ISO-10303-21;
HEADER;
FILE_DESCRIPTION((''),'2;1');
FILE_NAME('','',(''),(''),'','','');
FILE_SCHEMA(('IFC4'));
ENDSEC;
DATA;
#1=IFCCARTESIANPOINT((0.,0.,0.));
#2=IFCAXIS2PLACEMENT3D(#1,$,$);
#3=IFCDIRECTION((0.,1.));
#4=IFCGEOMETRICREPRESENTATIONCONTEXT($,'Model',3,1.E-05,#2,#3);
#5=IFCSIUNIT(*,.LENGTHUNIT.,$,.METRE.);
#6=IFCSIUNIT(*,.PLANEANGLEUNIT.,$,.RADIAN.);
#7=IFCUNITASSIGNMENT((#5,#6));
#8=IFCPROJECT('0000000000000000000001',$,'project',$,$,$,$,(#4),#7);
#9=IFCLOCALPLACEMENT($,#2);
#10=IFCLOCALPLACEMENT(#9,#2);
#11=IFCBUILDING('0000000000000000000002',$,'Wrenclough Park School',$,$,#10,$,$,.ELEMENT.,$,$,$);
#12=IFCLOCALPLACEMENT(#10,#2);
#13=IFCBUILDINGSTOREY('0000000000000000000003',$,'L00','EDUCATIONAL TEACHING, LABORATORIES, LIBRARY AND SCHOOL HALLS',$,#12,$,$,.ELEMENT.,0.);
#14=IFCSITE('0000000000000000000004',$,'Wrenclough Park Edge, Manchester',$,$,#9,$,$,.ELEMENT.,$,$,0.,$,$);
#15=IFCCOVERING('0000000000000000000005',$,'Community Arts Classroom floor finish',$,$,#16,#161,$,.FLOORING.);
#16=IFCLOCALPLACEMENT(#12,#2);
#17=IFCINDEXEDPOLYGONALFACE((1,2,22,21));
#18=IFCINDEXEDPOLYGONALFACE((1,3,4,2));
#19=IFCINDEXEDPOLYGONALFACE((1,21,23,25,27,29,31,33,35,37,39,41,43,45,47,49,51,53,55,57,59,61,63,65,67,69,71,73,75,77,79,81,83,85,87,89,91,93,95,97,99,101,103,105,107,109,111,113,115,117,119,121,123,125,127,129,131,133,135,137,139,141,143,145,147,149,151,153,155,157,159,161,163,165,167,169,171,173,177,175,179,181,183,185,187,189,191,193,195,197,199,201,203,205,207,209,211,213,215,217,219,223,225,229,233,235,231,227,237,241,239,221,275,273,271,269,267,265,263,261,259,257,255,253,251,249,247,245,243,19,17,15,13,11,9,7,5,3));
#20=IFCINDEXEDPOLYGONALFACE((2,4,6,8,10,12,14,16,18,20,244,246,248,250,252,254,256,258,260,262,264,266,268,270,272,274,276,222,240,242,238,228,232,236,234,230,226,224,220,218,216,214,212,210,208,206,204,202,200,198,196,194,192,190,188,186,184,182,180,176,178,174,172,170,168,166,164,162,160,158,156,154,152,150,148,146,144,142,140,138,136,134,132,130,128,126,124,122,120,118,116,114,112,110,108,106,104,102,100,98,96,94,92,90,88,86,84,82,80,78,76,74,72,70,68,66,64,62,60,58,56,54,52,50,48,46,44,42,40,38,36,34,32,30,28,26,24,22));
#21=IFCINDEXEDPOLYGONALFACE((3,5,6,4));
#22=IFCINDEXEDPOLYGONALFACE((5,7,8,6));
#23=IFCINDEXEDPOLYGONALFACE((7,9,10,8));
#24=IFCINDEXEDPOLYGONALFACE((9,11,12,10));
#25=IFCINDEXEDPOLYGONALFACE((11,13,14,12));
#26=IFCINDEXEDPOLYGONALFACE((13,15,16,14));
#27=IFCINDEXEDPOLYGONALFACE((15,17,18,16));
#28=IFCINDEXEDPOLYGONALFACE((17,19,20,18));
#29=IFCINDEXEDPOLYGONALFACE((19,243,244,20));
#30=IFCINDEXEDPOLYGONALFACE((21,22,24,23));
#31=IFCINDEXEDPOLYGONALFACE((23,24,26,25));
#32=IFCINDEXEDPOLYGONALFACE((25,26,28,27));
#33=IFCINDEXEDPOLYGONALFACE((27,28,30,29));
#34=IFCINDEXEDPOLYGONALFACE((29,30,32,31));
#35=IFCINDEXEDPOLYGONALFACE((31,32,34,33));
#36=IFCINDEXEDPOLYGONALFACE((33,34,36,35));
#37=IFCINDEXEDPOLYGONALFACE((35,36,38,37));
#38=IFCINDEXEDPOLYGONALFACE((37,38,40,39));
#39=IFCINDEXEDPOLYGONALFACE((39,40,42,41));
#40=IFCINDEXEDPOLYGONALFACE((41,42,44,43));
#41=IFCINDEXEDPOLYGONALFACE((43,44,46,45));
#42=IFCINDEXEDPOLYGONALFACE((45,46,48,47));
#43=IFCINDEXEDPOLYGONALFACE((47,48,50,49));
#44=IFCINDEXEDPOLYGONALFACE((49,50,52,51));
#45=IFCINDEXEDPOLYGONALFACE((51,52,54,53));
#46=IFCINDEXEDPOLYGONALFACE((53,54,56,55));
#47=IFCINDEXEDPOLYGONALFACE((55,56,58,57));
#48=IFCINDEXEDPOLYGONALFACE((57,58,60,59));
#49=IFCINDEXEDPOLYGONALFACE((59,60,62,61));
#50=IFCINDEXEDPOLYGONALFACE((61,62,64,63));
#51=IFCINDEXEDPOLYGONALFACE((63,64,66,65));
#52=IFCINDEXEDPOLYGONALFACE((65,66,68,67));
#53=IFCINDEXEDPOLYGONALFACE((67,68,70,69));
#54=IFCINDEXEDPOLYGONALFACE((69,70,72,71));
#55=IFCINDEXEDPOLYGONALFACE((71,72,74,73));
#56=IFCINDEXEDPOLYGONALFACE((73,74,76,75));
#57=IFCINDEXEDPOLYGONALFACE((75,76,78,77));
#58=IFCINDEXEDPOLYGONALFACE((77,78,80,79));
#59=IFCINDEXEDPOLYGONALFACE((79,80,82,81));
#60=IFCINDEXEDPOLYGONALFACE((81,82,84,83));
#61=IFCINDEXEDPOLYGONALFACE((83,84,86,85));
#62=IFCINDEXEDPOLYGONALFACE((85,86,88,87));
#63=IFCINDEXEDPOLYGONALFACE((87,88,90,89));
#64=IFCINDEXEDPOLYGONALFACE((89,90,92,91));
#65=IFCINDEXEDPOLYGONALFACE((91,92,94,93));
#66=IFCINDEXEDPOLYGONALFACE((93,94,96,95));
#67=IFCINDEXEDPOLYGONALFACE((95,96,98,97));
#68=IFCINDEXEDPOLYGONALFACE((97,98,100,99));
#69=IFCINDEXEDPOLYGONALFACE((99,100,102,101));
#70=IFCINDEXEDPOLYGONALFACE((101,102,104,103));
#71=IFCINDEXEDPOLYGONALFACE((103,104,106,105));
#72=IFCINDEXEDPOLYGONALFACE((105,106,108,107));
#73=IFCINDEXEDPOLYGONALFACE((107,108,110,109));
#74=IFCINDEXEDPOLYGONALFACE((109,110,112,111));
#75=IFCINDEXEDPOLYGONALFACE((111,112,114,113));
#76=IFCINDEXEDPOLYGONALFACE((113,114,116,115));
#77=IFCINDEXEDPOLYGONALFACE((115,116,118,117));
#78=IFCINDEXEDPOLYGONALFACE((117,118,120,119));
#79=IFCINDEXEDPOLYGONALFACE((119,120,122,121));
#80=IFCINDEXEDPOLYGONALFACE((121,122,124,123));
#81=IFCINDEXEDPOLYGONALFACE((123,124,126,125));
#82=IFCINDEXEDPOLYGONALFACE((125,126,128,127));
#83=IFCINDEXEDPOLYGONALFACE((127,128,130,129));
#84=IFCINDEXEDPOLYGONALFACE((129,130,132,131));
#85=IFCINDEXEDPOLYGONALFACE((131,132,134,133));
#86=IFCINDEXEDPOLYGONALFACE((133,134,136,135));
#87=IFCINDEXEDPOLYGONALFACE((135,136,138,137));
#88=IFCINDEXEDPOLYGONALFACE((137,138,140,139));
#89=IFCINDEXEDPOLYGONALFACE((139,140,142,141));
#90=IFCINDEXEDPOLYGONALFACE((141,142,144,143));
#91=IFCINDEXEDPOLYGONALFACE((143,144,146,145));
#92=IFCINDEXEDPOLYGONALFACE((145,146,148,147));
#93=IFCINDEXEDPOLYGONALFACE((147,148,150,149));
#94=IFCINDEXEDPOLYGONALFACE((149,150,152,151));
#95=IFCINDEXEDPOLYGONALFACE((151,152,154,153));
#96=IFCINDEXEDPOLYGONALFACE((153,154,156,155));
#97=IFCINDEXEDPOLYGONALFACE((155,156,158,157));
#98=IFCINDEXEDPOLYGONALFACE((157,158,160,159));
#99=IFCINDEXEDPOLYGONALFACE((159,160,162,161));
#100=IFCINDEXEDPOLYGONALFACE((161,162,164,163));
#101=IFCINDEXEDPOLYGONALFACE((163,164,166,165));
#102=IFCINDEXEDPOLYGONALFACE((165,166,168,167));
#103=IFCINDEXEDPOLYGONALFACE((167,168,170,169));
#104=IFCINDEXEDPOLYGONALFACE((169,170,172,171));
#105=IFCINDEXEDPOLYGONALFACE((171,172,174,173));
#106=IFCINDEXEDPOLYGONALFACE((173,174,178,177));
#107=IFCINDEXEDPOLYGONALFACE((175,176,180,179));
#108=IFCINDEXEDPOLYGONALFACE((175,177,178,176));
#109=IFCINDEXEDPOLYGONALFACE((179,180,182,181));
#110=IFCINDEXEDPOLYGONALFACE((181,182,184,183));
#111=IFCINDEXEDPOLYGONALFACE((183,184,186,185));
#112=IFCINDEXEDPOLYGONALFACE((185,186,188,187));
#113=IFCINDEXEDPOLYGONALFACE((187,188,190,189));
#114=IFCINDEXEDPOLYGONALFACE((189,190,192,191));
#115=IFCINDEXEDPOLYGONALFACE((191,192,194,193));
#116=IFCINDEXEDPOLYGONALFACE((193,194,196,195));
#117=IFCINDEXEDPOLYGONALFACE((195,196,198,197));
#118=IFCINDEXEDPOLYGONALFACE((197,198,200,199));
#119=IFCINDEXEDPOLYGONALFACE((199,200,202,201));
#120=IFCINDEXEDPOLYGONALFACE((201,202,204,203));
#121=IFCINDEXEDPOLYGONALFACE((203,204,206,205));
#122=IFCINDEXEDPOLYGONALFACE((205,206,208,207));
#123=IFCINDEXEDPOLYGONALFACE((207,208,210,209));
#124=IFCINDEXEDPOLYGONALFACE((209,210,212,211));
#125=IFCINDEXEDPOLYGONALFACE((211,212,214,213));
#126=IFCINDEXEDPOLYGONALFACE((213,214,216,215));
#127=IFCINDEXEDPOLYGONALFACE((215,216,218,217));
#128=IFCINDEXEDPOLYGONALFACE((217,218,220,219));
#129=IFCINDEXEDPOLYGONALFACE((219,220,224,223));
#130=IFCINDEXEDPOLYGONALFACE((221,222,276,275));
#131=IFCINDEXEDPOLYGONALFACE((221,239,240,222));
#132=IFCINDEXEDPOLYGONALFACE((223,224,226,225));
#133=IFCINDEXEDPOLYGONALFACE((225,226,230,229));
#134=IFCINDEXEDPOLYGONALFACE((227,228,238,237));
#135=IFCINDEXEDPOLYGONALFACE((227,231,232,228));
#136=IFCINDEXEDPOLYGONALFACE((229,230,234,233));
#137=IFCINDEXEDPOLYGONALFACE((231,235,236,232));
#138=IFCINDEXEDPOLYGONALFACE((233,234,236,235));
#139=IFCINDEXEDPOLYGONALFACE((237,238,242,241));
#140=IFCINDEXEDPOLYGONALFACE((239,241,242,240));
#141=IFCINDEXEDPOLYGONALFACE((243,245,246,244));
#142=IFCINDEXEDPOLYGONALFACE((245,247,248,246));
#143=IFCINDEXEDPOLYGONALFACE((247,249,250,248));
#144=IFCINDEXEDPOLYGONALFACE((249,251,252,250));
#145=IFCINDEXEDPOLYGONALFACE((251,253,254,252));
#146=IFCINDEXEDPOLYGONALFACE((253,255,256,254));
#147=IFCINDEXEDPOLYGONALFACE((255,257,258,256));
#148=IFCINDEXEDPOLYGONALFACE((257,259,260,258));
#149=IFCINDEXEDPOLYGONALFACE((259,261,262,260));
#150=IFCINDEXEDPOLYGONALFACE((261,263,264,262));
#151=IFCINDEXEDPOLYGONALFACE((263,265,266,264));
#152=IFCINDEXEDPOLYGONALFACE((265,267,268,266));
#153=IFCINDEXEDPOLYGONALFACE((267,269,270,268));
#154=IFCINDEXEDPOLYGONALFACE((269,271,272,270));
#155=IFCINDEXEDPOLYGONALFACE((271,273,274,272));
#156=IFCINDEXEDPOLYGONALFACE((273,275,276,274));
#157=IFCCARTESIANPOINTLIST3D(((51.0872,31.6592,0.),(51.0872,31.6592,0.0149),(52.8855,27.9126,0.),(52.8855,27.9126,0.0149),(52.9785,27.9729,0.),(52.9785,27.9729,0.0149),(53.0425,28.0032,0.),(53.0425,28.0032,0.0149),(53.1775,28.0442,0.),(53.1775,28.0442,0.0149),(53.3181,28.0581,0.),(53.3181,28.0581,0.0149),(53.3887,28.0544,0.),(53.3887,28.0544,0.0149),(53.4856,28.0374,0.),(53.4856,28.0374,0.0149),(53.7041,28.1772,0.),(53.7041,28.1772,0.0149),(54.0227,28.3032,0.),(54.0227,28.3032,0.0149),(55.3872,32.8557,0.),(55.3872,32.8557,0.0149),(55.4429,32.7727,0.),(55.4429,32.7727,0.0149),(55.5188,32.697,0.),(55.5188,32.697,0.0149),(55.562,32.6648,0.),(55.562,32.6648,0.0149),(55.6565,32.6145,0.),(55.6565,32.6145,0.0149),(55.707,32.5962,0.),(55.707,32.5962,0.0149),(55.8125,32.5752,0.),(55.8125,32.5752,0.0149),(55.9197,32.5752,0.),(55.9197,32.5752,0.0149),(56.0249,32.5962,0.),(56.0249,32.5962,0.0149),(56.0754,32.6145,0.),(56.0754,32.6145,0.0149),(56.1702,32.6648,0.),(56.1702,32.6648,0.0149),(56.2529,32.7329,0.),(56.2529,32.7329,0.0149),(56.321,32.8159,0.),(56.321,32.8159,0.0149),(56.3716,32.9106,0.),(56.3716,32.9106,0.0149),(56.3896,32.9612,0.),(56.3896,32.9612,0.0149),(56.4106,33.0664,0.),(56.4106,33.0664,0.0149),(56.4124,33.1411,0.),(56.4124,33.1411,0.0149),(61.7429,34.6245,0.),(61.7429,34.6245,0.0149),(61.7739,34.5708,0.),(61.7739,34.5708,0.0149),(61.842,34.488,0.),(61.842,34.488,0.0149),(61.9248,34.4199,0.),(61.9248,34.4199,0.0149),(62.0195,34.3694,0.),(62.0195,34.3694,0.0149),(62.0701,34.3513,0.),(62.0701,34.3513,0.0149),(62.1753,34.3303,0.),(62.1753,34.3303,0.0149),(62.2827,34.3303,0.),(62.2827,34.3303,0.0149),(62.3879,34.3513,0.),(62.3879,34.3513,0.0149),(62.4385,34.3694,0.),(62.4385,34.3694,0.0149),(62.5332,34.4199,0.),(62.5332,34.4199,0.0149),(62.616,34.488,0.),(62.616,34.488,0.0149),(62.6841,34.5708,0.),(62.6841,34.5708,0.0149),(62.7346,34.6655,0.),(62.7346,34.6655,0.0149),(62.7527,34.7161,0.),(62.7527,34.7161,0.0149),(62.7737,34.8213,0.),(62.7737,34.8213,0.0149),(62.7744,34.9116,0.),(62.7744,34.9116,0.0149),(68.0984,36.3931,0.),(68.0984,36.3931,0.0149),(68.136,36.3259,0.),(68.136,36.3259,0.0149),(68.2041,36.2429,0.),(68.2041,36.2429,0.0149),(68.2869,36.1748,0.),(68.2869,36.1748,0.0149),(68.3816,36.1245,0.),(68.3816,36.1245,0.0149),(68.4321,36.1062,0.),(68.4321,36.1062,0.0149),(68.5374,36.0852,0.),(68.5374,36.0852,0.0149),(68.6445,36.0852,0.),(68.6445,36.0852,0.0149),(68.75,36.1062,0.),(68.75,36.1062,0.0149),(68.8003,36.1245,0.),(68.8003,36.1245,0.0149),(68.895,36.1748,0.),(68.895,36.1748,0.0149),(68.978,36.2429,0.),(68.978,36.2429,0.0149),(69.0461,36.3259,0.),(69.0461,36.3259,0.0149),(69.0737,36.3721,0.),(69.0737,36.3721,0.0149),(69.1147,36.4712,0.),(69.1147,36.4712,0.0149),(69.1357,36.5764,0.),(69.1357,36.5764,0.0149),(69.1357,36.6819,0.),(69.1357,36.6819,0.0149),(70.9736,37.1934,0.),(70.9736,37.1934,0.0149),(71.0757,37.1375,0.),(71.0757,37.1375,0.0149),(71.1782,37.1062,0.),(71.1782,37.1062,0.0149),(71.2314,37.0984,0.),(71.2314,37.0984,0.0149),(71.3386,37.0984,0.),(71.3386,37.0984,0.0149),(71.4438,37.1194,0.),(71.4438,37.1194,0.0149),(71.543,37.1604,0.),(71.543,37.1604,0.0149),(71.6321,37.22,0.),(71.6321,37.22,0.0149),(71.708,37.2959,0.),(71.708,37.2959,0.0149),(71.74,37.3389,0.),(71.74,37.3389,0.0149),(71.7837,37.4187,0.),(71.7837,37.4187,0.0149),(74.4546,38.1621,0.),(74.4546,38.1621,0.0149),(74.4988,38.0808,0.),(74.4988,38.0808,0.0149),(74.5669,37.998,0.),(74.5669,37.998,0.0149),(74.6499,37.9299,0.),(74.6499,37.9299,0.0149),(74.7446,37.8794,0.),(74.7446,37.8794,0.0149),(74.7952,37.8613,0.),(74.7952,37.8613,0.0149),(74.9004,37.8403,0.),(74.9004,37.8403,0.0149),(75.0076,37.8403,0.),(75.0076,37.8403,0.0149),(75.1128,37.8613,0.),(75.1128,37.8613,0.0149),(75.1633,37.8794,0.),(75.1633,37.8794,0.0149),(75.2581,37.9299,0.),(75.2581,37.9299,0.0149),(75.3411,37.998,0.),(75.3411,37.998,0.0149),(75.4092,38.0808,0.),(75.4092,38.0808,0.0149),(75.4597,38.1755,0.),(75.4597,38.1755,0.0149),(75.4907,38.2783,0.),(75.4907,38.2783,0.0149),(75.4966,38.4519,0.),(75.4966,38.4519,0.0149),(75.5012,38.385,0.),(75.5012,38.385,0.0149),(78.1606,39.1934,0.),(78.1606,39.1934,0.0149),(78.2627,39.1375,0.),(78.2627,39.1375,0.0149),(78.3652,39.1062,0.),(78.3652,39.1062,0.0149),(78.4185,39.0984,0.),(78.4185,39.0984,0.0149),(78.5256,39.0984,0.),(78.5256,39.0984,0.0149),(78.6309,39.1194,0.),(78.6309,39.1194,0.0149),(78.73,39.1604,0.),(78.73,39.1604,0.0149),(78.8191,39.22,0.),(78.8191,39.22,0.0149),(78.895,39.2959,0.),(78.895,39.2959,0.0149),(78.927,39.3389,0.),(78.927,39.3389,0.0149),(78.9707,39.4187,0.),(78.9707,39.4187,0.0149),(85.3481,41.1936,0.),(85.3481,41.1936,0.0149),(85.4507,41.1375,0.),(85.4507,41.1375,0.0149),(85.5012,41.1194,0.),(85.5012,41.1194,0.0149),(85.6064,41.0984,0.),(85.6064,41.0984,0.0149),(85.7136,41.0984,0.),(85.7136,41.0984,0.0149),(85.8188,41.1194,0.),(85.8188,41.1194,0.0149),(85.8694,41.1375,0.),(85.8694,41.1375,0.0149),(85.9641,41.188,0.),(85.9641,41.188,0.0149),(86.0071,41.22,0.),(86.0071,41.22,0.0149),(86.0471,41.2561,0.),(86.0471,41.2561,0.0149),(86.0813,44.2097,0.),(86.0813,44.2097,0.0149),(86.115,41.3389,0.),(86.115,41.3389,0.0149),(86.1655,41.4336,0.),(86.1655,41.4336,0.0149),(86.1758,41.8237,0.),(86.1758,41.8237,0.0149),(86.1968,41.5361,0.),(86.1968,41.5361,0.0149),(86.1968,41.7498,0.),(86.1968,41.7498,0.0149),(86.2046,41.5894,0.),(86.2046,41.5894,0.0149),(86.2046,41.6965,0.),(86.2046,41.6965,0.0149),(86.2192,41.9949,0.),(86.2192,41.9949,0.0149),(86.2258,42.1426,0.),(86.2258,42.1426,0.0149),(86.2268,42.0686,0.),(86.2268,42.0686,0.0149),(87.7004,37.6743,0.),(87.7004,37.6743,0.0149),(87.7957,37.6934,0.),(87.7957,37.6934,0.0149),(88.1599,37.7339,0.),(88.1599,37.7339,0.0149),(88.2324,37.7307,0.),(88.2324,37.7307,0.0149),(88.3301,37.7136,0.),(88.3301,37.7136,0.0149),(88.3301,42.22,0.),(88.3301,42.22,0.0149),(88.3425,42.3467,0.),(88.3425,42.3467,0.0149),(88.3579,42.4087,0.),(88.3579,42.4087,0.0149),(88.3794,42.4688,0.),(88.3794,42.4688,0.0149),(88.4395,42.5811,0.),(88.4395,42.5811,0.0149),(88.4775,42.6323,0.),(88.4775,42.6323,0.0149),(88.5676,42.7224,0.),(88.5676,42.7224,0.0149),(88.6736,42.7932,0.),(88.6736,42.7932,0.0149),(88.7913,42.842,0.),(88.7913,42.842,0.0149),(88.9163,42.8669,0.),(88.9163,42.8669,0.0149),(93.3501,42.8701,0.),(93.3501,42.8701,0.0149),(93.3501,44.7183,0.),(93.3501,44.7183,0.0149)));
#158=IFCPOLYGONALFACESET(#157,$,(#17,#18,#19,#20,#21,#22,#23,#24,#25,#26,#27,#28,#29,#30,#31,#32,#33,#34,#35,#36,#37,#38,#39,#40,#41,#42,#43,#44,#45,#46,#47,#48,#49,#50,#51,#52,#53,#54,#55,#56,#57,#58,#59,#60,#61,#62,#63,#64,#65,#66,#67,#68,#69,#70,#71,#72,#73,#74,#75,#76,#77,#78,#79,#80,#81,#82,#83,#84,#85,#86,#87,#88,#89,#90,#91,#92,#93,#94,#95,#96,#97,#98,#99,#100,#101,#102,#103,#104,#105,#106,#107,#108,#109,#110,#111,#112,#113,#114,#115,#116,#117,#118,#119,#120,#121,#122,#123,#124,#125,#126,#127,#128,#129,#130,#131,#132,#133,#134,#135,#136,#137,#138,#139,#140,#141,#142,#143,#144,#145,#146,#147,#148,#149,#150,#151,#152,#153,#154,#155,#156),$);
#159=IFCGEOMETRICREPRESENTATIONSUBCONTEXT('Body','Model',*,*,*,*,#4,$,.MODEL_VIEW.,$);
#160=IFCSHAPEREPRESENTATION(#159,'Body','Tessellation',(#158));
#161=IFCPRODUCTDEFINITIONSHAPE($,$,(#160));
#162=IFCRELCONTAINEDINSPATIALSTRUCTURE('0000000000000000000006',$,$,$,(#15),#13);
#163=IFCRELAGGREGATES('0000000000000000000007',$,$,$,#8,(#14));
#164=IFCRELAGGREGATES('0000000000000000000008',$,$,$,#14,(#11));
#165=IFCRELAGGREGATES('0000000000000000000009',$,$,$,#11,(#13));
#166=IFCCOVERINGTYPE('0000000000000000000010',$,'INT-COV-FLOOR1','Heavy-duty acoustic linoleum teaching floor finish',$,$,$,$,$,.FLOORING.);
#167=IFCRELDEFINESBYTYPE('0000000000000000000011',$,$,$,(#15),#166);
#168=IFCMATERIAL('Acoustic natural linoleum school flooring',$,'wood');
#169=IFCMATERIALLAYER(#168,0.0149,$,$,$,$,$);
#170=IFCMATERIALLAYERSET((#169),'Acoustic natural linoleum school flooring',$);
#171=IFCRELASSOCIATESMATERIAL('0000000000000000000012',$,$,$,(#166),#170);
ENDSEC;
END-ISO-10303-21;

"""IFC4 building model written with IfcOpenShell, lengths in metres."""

from ifc_helpers import new_model, si_unit, direction, origin, place, context, subcontext, project, spatial, polyline, outline, extrude, material, layer, layer_set, type_object, element, save


model = new_model("IFC4")

# Units and contexts
model_context = context("Model", 3, precision=1e-05, world=origin(), true_north=direction((0.0, 1.0)))
body_context = subcontext(model_context, "Body", "Model", "MODEL_VIEW")
ifc_project = project(units=[si_unit("LENGTHUNIT", "METRE"), si_unit("PLANEANGLEUNIT", "RADIAN")], contexts=[model_context])

# Site, building, storey
site_placement = place(None, origin())
site = spatial("IfcSite", under=ifc_project, at=site_placement, Name="Wrenclough Park Edge, Manchester", CompositionType="ELEMENT", RefElevation=0.0)
building_placement = place(site_placement, origin())
building = spatial("IfcBuilding", under=site, at=building_placement, Name="Wrenclough Park School", CompositionType="ELEMENT")
storey_placement = place(building_placement, origin())
storey = spatial("IfcBuildingStorey", under=building, at=storey_placement, Name="L00", Description="EDUCATIONAL TEACHING, LABORATORIES, LIBRARY AND SCHOOL HALLS", CompositionType="ELEMENT", Elevation=0.0)

# Covering
ifc_material_1 = material(Name="Acoustic natural linoleum school flooring", Category="wood")
ifc_layer_1 = layer(ifc_material_1, 0.0149)
ifc_layer_set_1 = layer_set([ifc_layer_1], Name="Acoustic natural linoleum school flooring")
covering_type_1 = type_object("IfcCoveringType", Name="INT-COV-FLOOR1", Description="Heavy-duty acoustic linoleum teaching floor finish", PredefinedType="FLOORING", material=ifc_layer_set_1)
covering_1_placement = place(storey_placement, origin())
element("IfcCovering", 1, at=covering_1_placement, inside=storey, type_object=covering_type_1, Name="Community Arts Classroom floor finish", PredefinedType="FLOORING", context=body_context, shape_type="SweptSolid", body=[
    extrude(outline(polyline([(51.0872, 31.6592), (52.8855, 27.9126), (52.9785, 27.9729), (53.0425, 28.0032), (53.1775, 28.0442), (53.3181, 28.0581), (53.3887, 28.0544), (53.4856, 28.0374), (53.7041, 28.1772), (54.0227, 28.3032), (87.7004, 37.6743), (87.7957, 37.6934), (88.1599, 37.7339), (88.2324, 37.7307), (88.3301, 37.7136), (88.3301, 42.22), (88.3425, 42.3467), (88.3579, 42.4087), (88.3794, 42.4688), (88.4395, 42.5811), (88.4775, 42.6323), (88.5676, 42.7224), (88.6736, 42.7932), (88.7913, 42.842), (88.9163, 42.8669), (93.3501, 42.8701), (93.3501, 44.7183), (86.0813, 44.2097), (86.2258, 42.1426), (86.2268, 42.0686), (86.2192, 41.9949), (86.1758, 41.8237), (86.1968, 41.7498), (86.2046, 41.6965), (86.2046, 41.5894), (86.1968, 41.5361), (86.1655, 41.4336), (86.115, 41.3389), (86.0471, 41.2561), (86.0071, 41.22), (85.9641, 41.188), (85.8694, 41.1375), (85.8188, 41.1194), (85.7136, 41.0984), (85.6064, 41.0984), (85.5012, 41.1194), (85.4507, 41.1375), (85.3481, 41.1936), (78.9707, 39.4187), (78.927, 39.3389), (78.895, 39.2959), (78.8191, 39.22), (78.73, 39.1604), (78.6309, 39.1194), (78.5256, 39.0984), (78.4185, 39.0984), (78.3652, 39.1062), (78.2627, 39.1375), (78.1606, 39.1934), (75.4966, 38.4519), (75.5012, 38.385), (75.4907, 38.2783), (75.4597, 38.1755), (75.4092, 38.0808), (75.3411, 37.998), (75.2581, 37.9299), (75.1633, 37.8794), (75.1128, 37.8613), (75.0076, 37.8403), (74.9004, 37.8403), (74.7952, 37.8613), (74.7446, 37.8794), (74.6499, 37.9299), (74.5669, 37.998), (74.4988, 38.0808), (74.4546, 38.1621), (71.7837, 37.4187), (71.74, 37.3389), (71.708, 37.2959), (71.6321, 37.22), (71.543, 37.1604), (71.4438, 37.1194), (71.3386, 37.0984), (71.2314, 37.0984), (71.1782, 37.1062), (71.0757, 37.1375), (70.9736, 37.1934), (69.1357, 36.6819), (69.1357, 36.5764), (69.1147, 36.4712), (69.0737, 36.3721), (69.0461, 36.3259), (68.978, 36.2429), (68.895, 36.1748), (68.8003, 36.1245), (68.75, 36.1062), (68.6445, 36.0852), (68.5374, 36.0852), (68.4321, 36.1062), (68.3816, 36.1245), (68.2869, 36.1748), (68.2041, 36.2429), (68.136, 36.3259), (68.0984, 36.3931), (62.7744, 34.9116), (62.7737, 34.8213), (62.7527, 34.7161), (62.7346, 34.6655), (62.6841, 34.5708), (62.616, 34.488), (62.5332, 34.4199), (62.4385, 34.3694), (62.3879, 34.3513), (62.2827, 34.3303), (62.1753, 34.3303), (62.0701, 34.3513), (62.0195, 34.3694), (61.9248, 34.4199), (61.842, 34.488), (61.7739, 34.5708), (61.7429, 34.6245), (56.4124, 33.1411), (56.4106, 33.0664), (56.3896, 32.9612), (56.3716, 32.9106), (56.321, 32.8159), (56.2529, 32.7329), (56.1702, 32.6648), (56.0754, 32.6145), (56.0249, 32.5962), (55.9197, 32.5752), (55.8125, 32.5752), (55.707, 32.5962), (55.6565, 32.6145), (55.562, 32.6648), (55.5188, 32.697), (55.4429, 32.7727), (55.3872, 32.8557), (51.0872, 31.6592)])), origin(), (0.0, 0.0, 1.0), 0.0149),
])

save(model, "model.ifc")
